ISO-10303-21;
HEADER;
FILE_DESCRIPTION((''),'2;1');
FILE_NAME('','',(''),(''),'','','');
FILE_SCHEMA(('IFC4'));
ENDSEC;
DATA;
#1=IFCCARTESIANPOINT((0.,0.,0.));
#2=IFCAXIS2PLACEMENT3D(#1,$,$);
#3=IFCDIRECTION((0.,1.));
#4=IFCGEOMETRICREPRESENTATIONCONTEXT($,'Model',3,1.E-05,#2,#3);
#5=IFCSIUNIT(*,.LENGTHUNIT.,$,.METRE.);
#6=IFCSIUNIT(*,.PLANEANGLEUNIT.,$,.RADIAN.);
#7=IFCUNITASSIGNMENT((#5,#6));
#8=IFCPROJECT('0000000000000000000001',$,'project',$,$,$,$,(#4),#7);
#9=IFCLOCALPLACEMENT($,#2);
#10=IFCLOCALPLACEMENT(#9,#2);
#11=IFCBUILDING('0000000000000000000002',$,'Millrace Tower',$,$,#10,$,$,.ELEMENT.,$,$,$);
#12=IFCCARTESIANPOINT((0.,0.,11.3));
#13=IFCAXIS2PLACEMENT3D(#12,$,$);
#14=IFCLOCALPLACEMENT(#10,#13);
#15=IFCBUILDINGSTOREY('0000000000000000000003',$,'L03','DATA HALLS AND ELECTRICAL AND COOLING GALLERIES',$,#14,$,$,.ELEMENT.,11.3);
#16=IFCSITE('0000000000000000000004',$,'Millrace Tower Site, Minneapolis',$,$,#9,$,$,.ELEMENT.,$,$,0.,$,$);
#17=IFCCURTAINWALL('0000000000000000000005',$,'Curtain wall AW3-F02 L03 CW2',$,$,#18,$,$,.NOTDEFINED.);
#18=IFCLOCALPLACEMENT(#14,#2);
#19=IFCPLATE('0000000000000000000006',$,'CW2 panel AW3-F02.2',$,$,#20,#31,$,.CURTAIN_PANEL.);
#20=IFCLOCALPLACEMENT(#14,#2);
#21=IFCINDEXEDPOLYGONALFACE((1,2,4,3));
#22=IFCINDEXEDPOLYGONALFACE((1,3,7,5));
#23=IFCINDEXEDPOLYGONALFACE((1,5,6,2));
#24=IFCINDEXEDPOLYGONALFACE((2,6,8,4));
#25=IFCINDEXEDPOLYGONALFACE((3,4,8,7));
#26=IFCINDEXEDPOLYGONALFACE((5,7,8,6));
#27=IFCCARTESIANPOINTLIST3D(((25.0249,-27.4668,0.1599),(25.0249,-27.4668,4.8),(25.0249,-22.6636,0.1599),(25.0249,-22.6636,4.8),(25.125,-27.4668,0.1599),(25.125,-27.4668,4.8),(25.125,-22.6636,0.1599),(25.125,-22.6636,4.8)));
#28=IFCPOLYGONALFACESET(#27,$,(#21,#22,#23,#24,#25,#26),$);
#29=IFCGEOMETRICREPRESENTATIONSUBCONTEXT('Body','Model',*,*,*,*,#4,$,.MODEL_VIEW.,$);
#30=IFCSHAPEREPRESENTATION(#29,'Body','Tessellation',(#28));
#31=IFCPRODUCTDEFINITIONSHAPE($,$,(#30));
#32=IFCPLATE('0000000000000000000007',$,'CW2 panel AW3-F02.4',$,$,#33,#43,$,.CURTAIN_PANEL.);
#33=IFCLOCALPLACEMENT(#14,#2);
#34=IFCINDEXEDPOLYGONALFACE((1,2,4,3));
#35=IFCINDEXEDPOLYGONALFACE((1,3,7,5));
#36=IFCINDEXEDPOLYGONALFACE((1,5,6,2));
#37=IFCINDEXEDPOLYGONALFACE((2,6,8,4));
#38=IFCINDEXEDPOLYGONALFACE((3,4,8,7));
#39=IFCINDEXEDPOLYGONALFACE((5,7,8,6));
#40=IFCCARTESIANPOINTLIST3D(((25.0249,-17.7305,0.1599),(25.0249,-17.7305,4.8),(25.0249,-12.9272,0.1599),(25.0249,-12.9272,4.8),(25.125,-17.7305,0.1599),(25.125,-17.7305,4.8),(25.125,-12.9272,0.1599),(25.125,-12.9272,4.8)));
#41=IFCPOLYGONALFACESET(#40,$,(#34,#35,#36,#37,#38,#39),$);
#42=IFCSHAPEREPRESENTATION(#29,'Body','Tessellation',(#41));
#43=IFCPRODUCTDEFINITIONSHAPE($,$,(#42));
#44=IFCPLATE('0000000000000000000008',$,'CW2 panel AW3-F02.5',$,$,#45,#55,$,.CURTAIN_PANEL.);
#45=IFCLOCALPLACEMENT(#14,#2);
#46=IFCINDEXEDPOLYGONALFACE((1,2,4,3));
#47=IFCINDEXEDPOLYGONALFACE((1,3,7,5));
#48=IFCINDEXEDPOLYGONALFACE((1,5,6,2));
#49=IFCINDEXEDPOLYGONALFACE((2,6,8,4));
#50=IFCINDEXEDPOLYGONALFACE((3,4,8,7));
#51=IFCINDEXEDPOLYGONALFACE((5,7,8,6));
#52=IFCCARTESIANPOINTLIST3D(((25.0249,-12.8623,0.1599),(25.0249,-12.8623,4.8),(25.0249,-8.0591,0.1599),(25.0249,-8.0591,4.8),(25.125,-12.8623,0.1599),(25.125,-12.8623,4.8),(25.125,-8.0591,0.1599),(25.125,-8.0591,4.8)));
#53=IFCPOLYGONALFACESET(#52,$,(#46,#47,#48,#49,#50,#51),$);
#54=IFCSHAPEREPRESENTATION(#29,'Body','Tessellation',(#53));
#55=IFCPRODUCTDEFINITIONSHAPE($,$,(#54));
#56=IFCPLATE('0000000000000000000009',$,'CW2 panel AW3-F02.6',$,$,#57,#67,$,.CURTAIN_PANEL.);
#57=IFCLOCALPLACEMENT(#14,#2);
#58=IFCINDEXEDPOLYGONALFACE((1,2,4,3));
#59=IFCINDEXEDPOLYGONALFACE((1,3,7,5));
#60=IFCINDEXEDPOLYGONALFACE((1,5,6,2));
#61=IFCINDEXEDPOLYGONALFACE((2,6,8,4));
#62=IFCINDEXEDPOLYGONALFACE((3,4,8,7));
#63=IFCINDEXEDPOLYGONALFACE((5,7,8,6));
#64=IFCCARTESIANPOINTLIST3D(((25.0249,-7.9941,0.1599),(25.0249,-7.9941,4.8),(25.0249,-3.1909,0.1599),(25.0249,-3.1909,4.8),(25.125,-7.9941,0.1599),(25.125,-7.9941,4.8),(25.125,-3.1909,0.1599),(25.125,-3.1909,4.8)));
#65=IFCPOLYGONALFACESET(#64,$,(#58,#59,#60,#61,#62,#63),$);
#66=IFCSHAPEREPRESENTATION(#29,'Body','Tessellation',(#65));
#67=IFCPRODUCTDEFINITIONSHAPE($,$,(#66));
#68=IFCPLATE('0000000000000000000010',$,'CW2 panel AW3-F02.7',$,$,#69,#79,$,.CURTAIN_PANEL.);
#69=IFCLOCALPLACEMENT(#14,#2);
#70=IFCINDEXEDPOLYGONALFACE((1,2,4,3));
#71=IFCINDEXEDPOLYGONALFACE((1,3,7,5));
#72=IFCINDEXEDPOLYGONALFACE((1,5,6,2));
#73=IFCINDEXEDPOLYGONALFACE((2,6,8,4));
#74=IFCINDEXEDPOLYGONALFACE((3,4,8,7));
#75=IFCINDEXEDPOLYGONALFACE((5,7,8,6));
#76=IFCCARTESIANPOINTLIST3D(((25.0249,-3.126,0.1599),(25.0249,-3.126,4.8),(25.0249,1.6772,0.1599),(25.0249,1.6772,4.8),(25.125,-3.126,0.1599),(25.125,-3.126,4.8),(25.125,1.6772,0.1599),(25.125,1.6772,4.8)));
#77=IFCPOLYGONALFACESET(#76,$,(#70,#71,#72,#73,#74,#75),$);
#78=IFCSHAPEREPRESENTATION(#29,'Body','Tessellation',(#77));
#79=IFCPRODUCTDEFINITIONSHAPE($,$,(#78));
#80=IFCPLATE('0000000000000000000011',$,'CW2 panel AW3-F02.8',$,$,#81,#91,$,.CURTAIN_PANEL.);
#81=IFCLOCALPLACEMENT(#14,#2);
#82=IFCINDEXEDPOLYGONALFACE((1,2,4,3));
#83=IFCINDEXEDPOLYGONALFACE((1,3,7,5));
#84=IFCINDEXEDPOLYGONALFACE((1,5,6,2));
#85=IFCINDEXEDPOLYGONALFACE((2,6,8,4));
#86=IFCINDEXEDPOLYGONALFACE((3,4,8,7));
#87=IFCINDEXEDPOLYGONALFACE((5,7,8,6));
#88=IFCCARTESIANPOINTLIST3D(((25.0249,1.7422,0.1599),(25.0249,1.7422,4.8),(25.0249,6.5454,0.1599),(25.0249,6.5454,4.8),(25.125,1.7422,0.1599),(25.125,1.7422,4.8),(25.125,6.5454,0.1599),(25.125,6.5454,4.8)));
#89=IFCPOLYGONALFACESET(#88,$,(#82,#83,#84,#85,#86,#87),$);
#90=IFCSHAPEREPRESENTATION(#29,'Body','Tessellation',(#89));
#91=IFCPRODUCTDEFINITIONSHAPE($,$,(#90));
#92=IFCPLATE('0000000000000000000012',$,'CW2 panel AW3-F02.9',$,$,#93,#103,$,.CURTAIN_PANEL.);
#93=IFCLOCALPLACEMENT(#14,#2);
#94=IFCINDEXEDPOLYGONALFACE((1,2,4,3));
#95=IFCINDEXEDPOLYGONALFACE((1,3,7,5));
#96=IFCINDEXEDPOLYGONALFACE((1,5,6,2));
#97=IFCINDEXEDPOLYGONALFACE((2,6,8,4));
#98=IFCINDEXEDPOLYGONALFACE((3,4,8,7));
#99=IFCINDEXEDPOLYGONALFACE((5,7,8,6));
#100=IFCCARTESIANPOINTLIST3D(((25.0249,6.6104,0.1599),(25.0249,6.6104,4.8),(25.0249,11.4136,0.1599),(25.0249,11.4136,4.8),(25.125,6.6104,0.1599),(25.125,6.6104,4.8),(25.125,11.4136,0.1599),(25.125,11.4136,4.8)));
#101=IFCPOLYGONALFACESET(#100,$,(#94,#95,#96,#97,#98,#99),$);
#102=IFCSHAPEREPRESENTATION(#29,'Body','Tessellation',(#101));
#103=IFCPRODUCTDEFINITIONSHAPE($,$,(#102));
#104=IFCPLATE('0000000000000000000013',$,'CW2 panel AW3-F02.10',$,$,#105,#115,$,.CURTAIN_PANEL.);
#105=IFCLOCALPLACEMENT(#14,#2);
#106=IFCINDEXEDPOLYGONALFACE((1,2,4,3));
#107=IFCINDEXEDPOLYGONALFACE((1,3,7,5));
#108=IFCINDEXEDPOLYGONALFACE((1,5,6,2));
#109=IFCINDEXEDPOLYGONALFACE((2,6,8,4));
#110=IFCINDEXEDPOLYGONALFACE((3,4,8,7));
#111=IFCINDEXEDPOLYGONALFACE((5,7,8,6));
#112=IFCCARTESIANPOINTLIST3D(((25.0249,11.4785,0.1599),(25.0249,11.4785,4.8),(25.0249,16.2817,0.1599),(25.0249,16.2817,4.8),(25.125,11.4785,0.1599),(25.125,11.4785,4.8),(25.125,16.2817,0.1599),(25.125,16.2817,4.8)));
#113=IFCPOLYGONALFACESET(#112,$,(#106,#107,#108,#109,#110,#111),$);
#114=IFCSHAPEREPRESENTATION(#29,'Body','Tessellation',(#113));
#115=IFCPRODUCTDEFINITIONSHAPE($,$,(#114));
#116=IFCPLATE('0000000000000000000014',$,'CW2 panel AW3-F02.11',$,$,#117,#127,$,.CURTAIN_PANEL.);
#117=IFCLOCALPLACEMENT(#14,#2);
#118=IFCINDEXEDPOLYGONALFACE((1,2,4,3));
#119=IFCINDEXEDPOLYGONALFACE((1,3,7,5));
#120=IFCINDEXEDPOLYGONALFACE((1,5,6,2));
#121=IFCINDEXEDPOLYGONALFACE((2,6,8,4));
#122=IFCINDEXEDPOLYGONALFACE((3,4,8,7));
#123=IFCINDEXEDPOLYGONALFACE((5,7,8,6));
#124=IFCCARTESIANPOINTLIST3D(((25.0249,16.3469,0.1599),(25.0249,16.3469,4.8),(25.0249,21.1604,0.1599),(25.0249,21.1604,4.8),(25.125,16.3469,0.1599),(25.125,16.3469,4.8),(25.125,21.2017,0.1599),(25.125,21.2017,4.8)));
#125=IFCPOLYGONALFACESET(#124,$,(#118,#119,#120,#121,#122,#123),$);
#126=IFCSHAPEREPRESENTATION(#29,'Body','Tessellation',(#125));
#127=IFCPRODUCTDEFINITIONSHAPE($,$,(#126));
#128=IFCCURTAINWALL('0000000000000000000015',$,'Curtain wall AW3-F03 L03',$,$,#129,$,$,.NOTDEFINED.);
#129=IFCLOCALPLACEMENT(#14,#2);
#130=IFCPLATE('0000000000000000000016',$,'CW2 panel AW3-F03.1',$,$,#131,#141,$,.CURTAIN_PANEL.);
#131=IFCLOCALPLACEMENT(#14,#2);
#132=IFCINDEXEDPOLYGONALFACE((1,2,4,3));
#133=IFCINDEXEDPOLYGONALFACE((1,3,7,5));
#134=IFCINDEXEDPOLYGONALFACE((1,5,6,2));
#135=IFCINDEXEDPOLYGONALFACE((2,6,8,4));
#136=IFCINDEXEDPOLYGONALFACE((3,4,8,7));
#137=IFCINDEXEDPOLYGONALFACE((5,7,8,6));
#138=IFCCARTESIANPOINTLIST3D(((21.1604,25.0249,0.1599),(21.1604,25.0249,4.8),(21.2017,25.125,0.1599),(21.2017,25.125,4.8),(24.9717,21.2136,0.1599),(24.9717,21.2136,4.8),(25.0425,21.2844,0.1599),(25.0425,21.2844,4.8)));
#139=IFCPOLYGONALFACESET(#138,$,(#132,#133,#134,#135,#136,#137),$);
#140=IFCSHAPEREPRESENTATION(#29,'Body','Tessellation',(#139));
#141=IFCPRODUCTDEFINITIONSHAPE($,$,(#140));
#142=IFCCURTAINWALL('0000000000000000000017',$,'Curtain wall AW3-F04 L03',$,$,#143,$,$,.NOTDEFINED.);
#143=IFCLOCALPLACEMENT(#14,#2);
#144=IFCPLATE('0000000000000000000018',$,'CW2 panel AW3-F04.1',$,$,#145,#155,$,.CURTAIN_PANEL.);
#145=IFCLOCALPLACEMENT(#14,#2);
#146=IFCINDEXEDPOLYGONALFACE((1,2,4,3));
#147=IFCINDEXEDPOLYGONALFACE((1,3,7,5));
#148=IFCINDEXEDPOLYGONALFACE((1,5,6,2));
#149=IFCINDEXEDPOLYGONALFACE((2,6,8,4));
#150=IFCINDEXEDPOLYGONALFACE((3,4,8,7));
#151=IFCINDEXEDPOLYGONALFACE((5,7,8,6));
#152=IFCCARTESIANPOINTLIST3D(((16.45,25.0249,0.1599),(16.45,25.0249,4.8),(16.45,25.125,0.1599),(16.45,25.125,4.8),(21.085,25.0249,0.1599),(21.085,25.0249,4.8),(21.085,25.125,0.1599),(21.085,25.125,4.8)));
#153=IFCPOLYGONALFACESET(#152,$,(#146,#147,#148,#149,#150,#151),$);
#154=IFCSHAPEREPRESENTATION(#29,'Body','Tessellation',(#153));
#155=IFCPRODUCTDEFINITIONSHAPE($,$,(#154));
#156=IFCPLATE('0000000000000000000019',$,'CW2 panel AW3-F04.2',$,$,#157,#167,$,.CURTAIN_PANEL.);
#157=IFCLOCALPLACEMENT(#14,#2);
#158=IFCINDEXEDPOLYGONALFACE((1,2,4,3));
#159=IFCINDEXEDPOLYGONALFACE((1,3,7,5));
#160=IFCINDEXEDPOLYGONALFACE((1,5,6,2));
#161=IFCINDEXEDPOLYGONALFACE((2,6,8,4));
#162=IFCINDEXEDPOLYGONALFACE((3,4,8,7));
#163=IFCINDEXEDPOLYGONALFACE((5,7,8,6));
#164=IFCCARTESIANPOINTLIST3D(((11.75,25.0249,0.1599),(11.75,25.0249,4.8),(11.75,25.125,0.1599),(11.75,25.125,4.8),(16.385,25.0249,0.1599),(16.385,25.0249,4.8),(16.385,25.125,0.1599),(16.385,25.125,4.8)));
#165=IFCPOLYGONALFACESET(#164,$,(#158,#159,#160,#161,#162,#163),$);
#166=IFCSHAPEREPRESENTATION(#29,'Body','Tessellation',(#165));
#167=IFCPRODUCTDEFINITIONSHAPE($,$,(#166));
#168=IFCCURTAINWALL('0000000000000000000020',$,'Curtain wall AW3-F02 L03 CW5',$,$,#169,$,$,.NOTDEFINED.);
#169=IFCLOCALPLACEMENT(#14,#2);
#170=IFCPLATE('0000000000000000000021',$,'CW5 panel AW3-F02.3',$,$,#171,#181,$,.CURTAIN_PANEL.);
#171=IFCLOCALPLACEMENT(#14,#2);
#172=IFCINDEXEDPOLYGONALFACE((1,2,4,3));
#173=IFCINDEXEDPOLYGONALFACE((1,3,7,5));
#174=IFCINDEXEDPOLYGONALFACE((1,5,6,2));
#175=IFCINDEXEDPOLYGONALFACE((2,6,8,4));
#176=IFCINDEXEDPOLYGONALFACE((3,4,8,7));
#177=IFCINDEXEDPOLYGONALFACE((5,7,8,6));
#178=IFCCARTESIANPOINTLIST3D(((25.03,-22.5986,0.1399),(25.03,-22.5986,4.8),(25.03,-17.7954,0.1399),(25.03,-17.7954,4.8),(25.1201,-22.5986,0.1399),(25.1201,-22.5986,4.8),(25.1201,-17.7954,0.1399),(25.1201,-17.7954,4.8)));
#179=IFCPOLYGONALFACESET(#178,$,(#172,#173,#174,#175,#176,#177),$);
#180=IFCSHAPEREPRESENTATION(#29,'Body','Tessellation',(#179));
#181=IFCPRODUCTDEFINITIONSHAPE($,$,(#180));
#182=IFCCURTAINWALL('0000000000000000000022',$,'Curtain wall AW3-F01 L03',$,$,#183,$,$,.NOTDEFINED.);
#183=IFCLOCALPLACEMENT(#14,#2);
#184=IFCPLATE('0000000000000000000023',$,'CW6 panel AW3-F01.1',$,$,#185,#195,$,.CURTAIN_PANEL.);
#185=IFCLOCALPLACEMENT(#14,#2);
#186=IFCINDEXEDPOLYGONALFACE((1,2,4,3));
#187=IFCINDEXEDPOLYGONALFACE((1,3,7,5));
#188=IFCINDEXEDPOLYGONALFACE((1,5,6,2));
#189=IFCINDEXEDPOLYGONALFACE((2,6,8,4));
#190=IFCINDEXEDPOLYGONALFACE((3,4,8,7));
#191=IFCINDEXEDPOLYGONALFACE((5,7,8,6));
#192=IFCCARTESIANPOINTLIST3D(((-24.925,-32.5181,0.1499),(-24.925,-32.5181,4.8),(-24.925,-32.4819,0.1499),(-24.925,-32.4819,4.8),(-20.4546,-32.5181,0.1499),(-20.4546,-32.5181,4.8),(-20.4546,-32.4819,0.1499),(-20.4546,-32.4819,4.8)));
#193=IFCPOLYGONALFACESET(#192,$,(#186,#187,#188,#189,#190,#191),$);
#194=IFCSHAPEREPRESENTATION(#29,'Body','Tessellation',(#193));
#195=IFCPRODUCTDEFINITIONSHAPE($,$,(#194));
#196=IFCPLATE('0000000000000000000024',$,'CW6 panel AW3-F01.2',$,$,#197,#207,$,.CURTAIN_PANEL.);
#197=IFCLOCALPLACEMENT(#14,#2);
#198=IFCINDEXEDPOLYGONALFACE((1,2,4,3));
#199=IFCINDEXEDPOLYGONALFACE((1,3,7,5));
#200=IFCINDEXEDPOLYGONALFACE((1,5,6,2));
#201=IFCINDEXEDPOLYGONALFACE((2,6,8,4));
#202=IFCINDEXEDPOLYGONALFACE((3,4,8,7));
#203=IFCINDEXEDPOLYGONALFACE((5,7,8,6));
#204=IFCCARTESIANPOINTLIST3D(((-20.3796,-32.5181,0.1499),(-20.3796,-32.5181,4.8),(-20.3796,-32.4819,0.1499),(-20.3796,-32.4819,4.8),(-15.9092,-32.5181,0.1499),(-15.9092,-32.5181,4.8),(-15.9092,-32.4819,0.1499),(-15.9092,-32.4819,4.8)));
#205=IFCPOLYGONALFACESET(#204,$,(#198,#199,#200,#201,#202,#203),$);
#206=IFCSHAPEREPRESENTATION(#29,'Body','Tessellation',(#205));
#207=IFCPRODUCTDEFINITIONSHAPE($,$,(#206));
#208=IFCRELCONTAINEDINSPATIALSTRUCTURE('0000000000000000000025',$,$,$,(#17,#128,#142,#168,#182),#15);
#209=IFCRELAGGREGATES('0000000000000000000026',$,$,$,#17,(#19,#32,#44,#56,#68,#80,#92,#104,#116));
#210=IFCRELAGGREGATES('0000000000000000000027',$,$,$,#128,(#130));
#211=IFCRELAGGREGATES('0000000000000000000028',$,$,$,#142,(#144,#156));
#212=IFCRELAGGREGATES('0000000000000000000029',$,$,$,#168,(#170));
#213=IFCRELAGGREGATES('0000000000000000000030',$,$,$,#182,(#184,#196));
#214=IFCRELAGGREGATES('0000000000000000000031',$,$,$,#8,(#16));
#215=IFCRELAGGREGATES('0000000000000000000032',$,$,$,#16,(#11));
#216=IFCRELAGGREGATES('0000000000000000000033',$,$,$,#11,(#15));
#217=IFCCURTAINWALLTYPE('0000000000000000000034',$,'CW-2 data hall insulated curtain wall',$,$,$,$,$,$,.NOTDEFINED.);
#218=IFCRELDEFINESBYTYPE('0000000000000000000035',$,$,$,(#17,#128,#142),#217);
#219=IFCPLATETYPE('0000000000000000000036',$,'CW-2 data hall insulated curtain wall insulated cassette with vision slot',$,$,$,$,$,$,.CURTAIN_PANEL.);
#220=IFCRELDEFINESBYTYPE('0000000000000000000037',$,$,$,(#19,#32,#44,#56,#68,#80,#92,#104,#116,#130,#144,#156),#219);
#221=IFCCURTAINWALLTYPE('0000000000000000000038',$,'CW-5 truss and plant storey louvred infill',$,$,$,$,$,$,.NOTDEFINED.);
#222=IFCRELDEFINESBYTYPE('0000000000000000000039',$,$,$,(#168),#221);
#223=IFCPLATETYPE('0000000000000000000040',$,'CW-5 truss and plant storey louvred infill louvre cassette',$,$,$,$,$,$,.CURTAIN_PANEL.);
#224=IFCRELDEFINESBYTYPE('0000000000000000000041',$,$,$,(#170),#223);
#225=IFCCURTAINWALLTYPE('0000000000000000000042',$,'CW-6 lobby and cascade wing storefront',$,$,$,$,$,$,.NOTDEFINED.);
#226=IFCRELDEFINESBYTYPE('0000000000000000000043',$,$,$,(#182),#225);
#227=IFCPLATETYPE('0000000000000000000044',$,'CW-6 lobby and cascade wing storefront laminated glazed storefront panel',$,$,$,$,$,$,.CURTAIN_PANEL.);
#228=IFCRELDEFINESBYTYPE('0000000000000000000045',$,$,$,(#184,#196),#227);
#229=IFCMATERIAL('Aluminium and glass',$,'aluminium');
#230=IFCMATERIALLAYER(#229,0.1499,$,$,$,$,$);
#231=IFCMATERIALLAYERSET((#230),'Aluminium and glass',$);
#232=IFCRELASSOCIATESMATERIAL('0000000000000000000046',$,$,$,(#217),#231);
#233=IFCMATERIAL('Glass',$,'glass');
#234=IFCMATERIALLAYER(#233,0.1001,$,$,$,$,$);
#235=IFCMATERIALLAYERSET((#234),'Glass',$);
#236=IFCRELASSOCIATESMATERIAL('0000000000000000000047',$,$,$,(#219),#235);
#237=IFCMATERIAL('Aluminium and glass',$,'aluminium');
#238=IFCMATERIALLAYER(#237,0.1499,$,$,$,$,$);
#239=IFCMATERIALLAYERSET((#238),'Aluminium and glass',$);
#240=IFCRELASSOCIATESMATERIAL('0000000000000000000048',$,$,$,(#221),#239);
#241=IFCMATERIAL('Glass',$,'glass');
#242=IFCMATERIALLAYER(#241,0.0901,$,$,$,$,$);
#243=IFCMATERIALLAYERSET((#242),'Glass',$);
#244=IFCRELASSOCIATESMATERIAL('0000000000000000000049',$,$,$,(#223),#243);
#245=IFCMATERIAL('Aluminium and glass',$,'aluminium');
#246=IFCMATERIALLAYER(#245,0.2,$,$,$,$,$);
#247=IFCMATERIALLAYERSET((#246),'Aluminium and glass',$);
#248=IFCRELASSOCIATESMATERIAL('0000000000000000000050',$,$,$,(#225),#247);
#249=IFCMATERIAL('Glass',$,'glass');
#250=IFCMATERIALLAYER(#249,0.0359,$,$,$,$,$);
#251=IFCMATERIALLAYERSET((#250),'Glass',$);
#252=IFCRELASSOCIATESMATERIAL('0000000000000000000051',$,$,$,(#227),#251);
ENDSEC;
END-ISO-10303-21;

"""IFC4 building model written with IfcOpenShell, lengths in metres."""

from ifc_helpers import new_model, si_unit, direction, frame, origin, place, context, subcontext, project, spatial, polyline, outline, extrude, material, layer, layer_set, type_object, element, aggregate, save


model = new_model("IFC4")

# Units and contexts
model_context = context("Model", 3, precision=1e-05, world=origin(), true_north=direction((0.0, 1.0)))
body_context = subcontext(model_context, "Body", "Model", "MODEL_VIEW")
ifc_project = project(units=[si_unit("LENGTHUNIT", "METRE"), si_unit("PLANEANGLEUNIT", "RADIAN")], contexts=[model_context])

# Site, building, storey
site_placement = place(None, origin())
site = spatial("IfcSite", under=ifc_project, at=site_placement, Name="Millrace Tower Site, Minneapolis", CompositionType="ELEMENT", RefElevation=0.0)
building_placement = place(site_placement, origin())
building = spatial("IfcBuilding", under=site, at=building_placement, Name="Millrace Tower", CompositionType="ELEMENT")
storey_placement = place(building_placement, frame((0.0, 0.0, 11.3)))
storey = spatial("IfcBuildingStorey", under=building, at=storey_placement, Name="L03", Description="DATA HALLS AND ELECTRICAL AND COOLING GALLERIES", CompositionType="ELEMENT", Elevation=11.3)

# Curtain wall, plates
ifc_material_1 = material(Name="Aluminium and glass", Category="aluminium")
ifc_layer_1 = layer(ifc_material_1, 0.1499)
ifc_layer_set_1 = layer_set([ifc_layer_1], Name="Aluminium and glass")
curtain_wall_type_1 = type_object("IfcCurtainWallType", Name="CW-2 data hall insulated curtain wall", PredefinedType="NOTDEFINED", material=ifc_layer_set_1)
placement_1 = place(storey_placement, origin())
curtain_wall_1 = element("IfcCurtainWall", 1, at=placement_1, inside=storey, type_object=curtain_wall_type_1, Name="Curtain wall AW3-F02 L03 CW2", PredefinedType="NOTDEFINED")
ifc_material_2 = material(Name="Glass", Category="glass")
ifc_layer_2 = layer(ifc_material_2, 0.1001)
ifc_layer_set_2 = layer_set([ifc_layer_2], Name="Glass")
plate_type_1 = type_object("IfcPlateType", Name="CW-2 data hall insulated curtain wall insulated cassette with vision slot", PredefinedType="CURTAIN_PANEL", material=ifc_layer_set_2)
placement_2 = place(storey_placement, frame((0.0, 0.0, 0.1599)))
plate_1 = element("IfcPlate", 2, at=placement_2, type_object=plate_type_1, Name="CW2 panel AW3-F02.2", PredefinedType="CURTAIN_PANEL", context=body_context, shape_type="SweptSolid", body=[
    extrude(outline(polyline([(25.125, -27.4668), (25.125, -22.6636), (25.0249, -22.6636), (25.0249, -27.4668), (25.125, -27.4668)])), origin(), (0.0, 0.0, 1.0), 4.6401),
])
plate_2 = element("IfcPlate", 3, at=placement_2, type_object=plate_type_1, Name="CW2 panel AW3-F02.4", PredefinedType="CURTAIN_PANEL", context=body_context, shape_type="SweptSolid", body=[
    extrude(outline(polyline([(25.125, -17.7305), (25.125, -12.9272), (25.0249, -12.9272), (25.0249, -17.7305), (25.125, -17.7305)])), origin(), (0.0, 0.0, 1.0), 4.6401),
])
plate_3 = element("IfcPlate", 4, at=placement_2, type_object=plate_type_1, Name="CW2 panel AW3-F02.5", PredefinedType="CURTAIN_PANEL", context=body_context, shape_type="SweptSolid", body=[
    extrude(outline(polyline([(25.125, -12.8623), (25.125, -8.0591), (25.0249, -8.0591), (25.0249, -12.8623), (25.125, -12.8623)])), origin(), (0.0, 0.0, 1.0), 4.6401),
])
plate_4 = element("IfcPlate", 5, at=placement_2, type_object=plate_type_1, Name="CW2 panel AW3-F02.6", PredefinedType="CURTAIN_PANEL", context=body_context, shape_type="SweptSolid", body=[
    extrude(outline(polyline([(25.125, -7.9941), (25.125, -3.1909), (25.0249, -3.1909), (25.0249, -7.9941), (25.125, -7.9941)])), origin(), (0.0, 0.0, 1.0), 4.6401),
])
plate_5 = element("IfcPlate", 6, at=placement_2, type_object=plate_type_1, Name="CW2 panel AW3-F02.7", PredefinedType="CURTAIN_PANEL", context=body_context, shape_type="SweptSolid", body=[
    extrude(outline(polyline([(25.125, -3.126), (25.125, 1.6772), (25.0249, 1.6772), (25.0249, -3.126), (25.125, -3.126)])), origin(), (0.0, 0.0, 1.0), 4.6401),
])
plate_6 = element("IfcPlate", 7, at=placement_2, type_object=plate_type_1, Name="CW2 panel AW3-F02.8", PredefinedType="CURTAIN_PANEL", context=body_context, shape_type="SweptSolid", body=[
    extrude(outline(polyline([(25.125, 1.7422), (25.125, 6.5454), (25.0249, 6.5454), (25.0249, 1.7422), (25.125, 1.7422)])), origin(), (0.0, 0.0, 1.0), 4.6401),
])
plate_7 = element("IfcPlate", 8, at=placement_2, type_object=plate_type_1, Name="CW2 panel AW3-F02.9", PredefinedType="CURTAIN_PANEL", context=body_context, shape_type="SweptSolid", body=[
    extrude(outline(polyline([(25.125, 6.6104), (25.125, 11.4136), (25.0249, 11.4136), (25.0249, 6.6104), (25.125, 6.6104)])), origin(), (0.0, 0.0, 1.0), 4.6401),
])
plate_8 = element("IfcPlate", 9, at=placement_2, type_object=plate_type_1, Name="CW2 panel AW3-F02.10", PredefinedType="CURTAIN_PANEL", context=body_context, shape_type="SweptSolid", body=[
    extrude(outline(polyline([(25.125, 11.4785), (25.125, 16.2817), (25.0249, 16.2817), (25.0249, 11.4785), (25.125, 11.4785)])), origin(), (0.0, 0.0, 1.0), 4.6401),
])
plate_9 = element("IfcPlate", 10, at=placement_2, type_object=plate_type_1, Name="CW2 panel AW3-F02.11", PredefinedType="CURTAIN_PANEL", context=body_context, shape_type="SweptSolid", body=[
    extrude(outline(polyline([(25.125, 16.3469), (25.125, 21.2017), (25.0249, 21.1604), (25.0249, 16.3469), (25.125, 16.3469)])), origin(), (0.0, 0.0, 1.0), 4.6401),
])
aggregate(curtain_wall_1, [plate_1, plate_2, plate_3, plate_4, plate_5, plate_6, plate_7, plate_8, plate_9])

# Curtain wall, plate
curtain_wall_2 = element("IfcCurtainWall", 11, at=placement_1, inside=storey, type_object=curtain_wall_type_1, Name="Curtain wall AW3-F03 L03", PredefinedType="NOTDEFINED")
plate_10 = element("IfcPlate", 12, at=placement_2, type_object=plate_type_1, Name="CW2 panel AW3-F03.1", PredefinedType="CURTAIN_PANEL", context=body_context, shape_type="SweptSolid", body=[
    extrude(outline(polyline([(25.0425, 21.2844), (21.2017, 25.125), (21.1604, 25.0249), (24.9717, 21.2136), (25.0425, 21.2844)])), origin(), (0.0, 0.0, 1.0), 4.6401),
])
aggregate(curtain_wall_2, [plate_10])

# Curtain wall, plates
curtain_wall_3 = element("IfcCurtainWall", 13, at=placement_1, inside=storey, type_object=curtain_wall_type_1, Name="Curtain wall AW3-F04 L03", PredefinedType="NOTDEFINED")
plate_11 = element("IfcPlate", 14, at=placement_2, type_object=plate_type_1, Name="CW2 panel AW3-F04.1", PredefinedType="CURTAIN_PANEL", context=body_context, shape_type="SweptSolid", body=[
    extrude(outline(polyline([(21.085, 25.125), (16.45, 25.125), (16.45, 25.0249), (21.085, 25.0249), (21.085, 25.125)])), origin(), (0.0, 0.0, 1.0), 4.6401),
])
plate_12 = element("IfcPlate", 15, at=placement_2, type_object=plate_type_1, Name="CW2 panel AW3-F04.2", PredefinedType="CURTAIN_PANEL", context=body_context, shape_type="SweptSolid", body=[
    extrude(outline(polyline([(16.385, 25.125), (11.75, 25.125), (11.75, 25.0249), (16.385, 25.0249), (16.385, 25.125)])), origin(), (0.0, 0.0, 1.0), 4.6401),
])
aggregate(curtain_wall_3, [plate_11, plate_12])

# Curtain wall, plate
ifc_material_3 = material(Name="Aluminium and glass", Category="aluminium")
ifc_layer_3 = layer(ifc_material_3, 0.1499)
ifc_layer_set_3 = layer_set([ifc_layer_3], Name="Aluminium and glass")
curtain_wall_type_2 = type_object("IfcCurtainWallType", Name="CW-5 truss and plant storey louvred infill", PredefinedType="NOTDEFINED", material=ifc_layer_set_3)
curtain_wall_4 = element("IfcCurtainWall", 16, at=placement_1, inside=storey, type_object=curtain_wall_type_2, Name="Curtain wall AW3-F02 L03 CW5", PredefinedType="NOTDEFINED")
ifc_material_4 = material(Name="Glass", Category="glass")
ifc_layer_4 = layer(ifc_material_4, 0.0901)
ifc_layer_set_4 = layer_set([ifc_layer_4], Name="Glass")
plate_type_2 = type_object("IfcPlateType", Name="CW-5 truss and plant storey louvred infill louvre cassette", PredefinedType="CURTAIN_PANEL", material=ifc_layer_set_4)
plate_13_placement = place(storey_placement, frame((0.0, 0.0, 0.1399)))
plate_13 = element("IfcPlate", 17, at=plate_13_placement, type_object=plate_type_2, Name="CW5 panel AW3-F02.3", PredefinedType="CURTAIN_PANEL", context=body_context, shape_type="SweptSolid", body=[
    extrude(outline(polyline([(25.1201, -22.5986), (25.1201, -17.7954), (25.03, -17.7954), (25.03, -22.5986), (25.1201, -22.5986)])), origin(), (0.0, 0.0, 1.0), 4.6602),
])
aggregate(curtain_wall_4, [plate_13])

# Curtain wall, plates
ifc_material_5 = material(Name="Aluminium and glass", Category="aluminium")
ifc_layer_5 = layer(ifc_material_5, 0.2)
ifc_layer_set_5 = layer_set([ifc_layer_5], Name="Aluminium and glass")
curtain_wall_type_3 = type_object("IfcCurtainWallType", Name="CW-6 lobby and cascade wing storefront", PredefinedType="NOTDEFINED", material=ifc_layer_set_5)
curtain_wall_5 = element("IfcCurtainWall", 18, at=placement_1, inside=storey, type_object=curtain_wall_type_3, Name="Curtain wall AW3-F01 L03", PredefinedType="NOTDEFINED")
ifc_material_6 = material(Name="Glass", Category="glass")
ifc_layer_6 = layer(ifc_material_6, 0.0359)
ifc_layer_set_6 = layer_set([ifc_layer_6], Name="Glass")
plate_type_3 = type_object("IfcPlateType", Name="CW-6 lobby and cascade wing storefront laminated glazed storefront panel", PredefinedType="CURTAIN_PANEL", material=ifc_layer_set_6)
placement_3 = place(storey_placement, frame((0.0, 0.0, 0.1499)))
plate_14 = element("IfcPlate", 19, at=placement_3, type_object=plate_type_3, Name="CW6 panel AW3-F01.1", PredefinedType="CURTAIN_PANEL", context=body_context, shape_type="SweptSolid", body=[
    extrude(outline(polyline([(-24.925, -32.5181), (-20.4546, -32.5181), (-20.4546, -32.4819), (-24.925, -32.4819), (-24.925, -32.5181)])), origin(), (0.0, 0.0, 1.0), 4.6501),
])
plate_15 = element("IfcPlate", 20, at=placement_3, type_object=plate_type_3, Name="CW6 panel AW3-F01.2", PredefinedType="CURTAIN_PANEL", context=body_context, shape_type="SweptSolid", body=[
    extrude(outline(polyline([(-20.3796, -32.5181), (-15.9092, -32.5181), (-15.9092, -32.4819), (-20.3796, -32.4819), (-20.3796, -32.5181)])), origin(), (0.0, 0.0, 1.0), 4.6501),
])
aggregate(curtain_wall_5, [plate_14, plate_15])

save(model, "model.ifc")
